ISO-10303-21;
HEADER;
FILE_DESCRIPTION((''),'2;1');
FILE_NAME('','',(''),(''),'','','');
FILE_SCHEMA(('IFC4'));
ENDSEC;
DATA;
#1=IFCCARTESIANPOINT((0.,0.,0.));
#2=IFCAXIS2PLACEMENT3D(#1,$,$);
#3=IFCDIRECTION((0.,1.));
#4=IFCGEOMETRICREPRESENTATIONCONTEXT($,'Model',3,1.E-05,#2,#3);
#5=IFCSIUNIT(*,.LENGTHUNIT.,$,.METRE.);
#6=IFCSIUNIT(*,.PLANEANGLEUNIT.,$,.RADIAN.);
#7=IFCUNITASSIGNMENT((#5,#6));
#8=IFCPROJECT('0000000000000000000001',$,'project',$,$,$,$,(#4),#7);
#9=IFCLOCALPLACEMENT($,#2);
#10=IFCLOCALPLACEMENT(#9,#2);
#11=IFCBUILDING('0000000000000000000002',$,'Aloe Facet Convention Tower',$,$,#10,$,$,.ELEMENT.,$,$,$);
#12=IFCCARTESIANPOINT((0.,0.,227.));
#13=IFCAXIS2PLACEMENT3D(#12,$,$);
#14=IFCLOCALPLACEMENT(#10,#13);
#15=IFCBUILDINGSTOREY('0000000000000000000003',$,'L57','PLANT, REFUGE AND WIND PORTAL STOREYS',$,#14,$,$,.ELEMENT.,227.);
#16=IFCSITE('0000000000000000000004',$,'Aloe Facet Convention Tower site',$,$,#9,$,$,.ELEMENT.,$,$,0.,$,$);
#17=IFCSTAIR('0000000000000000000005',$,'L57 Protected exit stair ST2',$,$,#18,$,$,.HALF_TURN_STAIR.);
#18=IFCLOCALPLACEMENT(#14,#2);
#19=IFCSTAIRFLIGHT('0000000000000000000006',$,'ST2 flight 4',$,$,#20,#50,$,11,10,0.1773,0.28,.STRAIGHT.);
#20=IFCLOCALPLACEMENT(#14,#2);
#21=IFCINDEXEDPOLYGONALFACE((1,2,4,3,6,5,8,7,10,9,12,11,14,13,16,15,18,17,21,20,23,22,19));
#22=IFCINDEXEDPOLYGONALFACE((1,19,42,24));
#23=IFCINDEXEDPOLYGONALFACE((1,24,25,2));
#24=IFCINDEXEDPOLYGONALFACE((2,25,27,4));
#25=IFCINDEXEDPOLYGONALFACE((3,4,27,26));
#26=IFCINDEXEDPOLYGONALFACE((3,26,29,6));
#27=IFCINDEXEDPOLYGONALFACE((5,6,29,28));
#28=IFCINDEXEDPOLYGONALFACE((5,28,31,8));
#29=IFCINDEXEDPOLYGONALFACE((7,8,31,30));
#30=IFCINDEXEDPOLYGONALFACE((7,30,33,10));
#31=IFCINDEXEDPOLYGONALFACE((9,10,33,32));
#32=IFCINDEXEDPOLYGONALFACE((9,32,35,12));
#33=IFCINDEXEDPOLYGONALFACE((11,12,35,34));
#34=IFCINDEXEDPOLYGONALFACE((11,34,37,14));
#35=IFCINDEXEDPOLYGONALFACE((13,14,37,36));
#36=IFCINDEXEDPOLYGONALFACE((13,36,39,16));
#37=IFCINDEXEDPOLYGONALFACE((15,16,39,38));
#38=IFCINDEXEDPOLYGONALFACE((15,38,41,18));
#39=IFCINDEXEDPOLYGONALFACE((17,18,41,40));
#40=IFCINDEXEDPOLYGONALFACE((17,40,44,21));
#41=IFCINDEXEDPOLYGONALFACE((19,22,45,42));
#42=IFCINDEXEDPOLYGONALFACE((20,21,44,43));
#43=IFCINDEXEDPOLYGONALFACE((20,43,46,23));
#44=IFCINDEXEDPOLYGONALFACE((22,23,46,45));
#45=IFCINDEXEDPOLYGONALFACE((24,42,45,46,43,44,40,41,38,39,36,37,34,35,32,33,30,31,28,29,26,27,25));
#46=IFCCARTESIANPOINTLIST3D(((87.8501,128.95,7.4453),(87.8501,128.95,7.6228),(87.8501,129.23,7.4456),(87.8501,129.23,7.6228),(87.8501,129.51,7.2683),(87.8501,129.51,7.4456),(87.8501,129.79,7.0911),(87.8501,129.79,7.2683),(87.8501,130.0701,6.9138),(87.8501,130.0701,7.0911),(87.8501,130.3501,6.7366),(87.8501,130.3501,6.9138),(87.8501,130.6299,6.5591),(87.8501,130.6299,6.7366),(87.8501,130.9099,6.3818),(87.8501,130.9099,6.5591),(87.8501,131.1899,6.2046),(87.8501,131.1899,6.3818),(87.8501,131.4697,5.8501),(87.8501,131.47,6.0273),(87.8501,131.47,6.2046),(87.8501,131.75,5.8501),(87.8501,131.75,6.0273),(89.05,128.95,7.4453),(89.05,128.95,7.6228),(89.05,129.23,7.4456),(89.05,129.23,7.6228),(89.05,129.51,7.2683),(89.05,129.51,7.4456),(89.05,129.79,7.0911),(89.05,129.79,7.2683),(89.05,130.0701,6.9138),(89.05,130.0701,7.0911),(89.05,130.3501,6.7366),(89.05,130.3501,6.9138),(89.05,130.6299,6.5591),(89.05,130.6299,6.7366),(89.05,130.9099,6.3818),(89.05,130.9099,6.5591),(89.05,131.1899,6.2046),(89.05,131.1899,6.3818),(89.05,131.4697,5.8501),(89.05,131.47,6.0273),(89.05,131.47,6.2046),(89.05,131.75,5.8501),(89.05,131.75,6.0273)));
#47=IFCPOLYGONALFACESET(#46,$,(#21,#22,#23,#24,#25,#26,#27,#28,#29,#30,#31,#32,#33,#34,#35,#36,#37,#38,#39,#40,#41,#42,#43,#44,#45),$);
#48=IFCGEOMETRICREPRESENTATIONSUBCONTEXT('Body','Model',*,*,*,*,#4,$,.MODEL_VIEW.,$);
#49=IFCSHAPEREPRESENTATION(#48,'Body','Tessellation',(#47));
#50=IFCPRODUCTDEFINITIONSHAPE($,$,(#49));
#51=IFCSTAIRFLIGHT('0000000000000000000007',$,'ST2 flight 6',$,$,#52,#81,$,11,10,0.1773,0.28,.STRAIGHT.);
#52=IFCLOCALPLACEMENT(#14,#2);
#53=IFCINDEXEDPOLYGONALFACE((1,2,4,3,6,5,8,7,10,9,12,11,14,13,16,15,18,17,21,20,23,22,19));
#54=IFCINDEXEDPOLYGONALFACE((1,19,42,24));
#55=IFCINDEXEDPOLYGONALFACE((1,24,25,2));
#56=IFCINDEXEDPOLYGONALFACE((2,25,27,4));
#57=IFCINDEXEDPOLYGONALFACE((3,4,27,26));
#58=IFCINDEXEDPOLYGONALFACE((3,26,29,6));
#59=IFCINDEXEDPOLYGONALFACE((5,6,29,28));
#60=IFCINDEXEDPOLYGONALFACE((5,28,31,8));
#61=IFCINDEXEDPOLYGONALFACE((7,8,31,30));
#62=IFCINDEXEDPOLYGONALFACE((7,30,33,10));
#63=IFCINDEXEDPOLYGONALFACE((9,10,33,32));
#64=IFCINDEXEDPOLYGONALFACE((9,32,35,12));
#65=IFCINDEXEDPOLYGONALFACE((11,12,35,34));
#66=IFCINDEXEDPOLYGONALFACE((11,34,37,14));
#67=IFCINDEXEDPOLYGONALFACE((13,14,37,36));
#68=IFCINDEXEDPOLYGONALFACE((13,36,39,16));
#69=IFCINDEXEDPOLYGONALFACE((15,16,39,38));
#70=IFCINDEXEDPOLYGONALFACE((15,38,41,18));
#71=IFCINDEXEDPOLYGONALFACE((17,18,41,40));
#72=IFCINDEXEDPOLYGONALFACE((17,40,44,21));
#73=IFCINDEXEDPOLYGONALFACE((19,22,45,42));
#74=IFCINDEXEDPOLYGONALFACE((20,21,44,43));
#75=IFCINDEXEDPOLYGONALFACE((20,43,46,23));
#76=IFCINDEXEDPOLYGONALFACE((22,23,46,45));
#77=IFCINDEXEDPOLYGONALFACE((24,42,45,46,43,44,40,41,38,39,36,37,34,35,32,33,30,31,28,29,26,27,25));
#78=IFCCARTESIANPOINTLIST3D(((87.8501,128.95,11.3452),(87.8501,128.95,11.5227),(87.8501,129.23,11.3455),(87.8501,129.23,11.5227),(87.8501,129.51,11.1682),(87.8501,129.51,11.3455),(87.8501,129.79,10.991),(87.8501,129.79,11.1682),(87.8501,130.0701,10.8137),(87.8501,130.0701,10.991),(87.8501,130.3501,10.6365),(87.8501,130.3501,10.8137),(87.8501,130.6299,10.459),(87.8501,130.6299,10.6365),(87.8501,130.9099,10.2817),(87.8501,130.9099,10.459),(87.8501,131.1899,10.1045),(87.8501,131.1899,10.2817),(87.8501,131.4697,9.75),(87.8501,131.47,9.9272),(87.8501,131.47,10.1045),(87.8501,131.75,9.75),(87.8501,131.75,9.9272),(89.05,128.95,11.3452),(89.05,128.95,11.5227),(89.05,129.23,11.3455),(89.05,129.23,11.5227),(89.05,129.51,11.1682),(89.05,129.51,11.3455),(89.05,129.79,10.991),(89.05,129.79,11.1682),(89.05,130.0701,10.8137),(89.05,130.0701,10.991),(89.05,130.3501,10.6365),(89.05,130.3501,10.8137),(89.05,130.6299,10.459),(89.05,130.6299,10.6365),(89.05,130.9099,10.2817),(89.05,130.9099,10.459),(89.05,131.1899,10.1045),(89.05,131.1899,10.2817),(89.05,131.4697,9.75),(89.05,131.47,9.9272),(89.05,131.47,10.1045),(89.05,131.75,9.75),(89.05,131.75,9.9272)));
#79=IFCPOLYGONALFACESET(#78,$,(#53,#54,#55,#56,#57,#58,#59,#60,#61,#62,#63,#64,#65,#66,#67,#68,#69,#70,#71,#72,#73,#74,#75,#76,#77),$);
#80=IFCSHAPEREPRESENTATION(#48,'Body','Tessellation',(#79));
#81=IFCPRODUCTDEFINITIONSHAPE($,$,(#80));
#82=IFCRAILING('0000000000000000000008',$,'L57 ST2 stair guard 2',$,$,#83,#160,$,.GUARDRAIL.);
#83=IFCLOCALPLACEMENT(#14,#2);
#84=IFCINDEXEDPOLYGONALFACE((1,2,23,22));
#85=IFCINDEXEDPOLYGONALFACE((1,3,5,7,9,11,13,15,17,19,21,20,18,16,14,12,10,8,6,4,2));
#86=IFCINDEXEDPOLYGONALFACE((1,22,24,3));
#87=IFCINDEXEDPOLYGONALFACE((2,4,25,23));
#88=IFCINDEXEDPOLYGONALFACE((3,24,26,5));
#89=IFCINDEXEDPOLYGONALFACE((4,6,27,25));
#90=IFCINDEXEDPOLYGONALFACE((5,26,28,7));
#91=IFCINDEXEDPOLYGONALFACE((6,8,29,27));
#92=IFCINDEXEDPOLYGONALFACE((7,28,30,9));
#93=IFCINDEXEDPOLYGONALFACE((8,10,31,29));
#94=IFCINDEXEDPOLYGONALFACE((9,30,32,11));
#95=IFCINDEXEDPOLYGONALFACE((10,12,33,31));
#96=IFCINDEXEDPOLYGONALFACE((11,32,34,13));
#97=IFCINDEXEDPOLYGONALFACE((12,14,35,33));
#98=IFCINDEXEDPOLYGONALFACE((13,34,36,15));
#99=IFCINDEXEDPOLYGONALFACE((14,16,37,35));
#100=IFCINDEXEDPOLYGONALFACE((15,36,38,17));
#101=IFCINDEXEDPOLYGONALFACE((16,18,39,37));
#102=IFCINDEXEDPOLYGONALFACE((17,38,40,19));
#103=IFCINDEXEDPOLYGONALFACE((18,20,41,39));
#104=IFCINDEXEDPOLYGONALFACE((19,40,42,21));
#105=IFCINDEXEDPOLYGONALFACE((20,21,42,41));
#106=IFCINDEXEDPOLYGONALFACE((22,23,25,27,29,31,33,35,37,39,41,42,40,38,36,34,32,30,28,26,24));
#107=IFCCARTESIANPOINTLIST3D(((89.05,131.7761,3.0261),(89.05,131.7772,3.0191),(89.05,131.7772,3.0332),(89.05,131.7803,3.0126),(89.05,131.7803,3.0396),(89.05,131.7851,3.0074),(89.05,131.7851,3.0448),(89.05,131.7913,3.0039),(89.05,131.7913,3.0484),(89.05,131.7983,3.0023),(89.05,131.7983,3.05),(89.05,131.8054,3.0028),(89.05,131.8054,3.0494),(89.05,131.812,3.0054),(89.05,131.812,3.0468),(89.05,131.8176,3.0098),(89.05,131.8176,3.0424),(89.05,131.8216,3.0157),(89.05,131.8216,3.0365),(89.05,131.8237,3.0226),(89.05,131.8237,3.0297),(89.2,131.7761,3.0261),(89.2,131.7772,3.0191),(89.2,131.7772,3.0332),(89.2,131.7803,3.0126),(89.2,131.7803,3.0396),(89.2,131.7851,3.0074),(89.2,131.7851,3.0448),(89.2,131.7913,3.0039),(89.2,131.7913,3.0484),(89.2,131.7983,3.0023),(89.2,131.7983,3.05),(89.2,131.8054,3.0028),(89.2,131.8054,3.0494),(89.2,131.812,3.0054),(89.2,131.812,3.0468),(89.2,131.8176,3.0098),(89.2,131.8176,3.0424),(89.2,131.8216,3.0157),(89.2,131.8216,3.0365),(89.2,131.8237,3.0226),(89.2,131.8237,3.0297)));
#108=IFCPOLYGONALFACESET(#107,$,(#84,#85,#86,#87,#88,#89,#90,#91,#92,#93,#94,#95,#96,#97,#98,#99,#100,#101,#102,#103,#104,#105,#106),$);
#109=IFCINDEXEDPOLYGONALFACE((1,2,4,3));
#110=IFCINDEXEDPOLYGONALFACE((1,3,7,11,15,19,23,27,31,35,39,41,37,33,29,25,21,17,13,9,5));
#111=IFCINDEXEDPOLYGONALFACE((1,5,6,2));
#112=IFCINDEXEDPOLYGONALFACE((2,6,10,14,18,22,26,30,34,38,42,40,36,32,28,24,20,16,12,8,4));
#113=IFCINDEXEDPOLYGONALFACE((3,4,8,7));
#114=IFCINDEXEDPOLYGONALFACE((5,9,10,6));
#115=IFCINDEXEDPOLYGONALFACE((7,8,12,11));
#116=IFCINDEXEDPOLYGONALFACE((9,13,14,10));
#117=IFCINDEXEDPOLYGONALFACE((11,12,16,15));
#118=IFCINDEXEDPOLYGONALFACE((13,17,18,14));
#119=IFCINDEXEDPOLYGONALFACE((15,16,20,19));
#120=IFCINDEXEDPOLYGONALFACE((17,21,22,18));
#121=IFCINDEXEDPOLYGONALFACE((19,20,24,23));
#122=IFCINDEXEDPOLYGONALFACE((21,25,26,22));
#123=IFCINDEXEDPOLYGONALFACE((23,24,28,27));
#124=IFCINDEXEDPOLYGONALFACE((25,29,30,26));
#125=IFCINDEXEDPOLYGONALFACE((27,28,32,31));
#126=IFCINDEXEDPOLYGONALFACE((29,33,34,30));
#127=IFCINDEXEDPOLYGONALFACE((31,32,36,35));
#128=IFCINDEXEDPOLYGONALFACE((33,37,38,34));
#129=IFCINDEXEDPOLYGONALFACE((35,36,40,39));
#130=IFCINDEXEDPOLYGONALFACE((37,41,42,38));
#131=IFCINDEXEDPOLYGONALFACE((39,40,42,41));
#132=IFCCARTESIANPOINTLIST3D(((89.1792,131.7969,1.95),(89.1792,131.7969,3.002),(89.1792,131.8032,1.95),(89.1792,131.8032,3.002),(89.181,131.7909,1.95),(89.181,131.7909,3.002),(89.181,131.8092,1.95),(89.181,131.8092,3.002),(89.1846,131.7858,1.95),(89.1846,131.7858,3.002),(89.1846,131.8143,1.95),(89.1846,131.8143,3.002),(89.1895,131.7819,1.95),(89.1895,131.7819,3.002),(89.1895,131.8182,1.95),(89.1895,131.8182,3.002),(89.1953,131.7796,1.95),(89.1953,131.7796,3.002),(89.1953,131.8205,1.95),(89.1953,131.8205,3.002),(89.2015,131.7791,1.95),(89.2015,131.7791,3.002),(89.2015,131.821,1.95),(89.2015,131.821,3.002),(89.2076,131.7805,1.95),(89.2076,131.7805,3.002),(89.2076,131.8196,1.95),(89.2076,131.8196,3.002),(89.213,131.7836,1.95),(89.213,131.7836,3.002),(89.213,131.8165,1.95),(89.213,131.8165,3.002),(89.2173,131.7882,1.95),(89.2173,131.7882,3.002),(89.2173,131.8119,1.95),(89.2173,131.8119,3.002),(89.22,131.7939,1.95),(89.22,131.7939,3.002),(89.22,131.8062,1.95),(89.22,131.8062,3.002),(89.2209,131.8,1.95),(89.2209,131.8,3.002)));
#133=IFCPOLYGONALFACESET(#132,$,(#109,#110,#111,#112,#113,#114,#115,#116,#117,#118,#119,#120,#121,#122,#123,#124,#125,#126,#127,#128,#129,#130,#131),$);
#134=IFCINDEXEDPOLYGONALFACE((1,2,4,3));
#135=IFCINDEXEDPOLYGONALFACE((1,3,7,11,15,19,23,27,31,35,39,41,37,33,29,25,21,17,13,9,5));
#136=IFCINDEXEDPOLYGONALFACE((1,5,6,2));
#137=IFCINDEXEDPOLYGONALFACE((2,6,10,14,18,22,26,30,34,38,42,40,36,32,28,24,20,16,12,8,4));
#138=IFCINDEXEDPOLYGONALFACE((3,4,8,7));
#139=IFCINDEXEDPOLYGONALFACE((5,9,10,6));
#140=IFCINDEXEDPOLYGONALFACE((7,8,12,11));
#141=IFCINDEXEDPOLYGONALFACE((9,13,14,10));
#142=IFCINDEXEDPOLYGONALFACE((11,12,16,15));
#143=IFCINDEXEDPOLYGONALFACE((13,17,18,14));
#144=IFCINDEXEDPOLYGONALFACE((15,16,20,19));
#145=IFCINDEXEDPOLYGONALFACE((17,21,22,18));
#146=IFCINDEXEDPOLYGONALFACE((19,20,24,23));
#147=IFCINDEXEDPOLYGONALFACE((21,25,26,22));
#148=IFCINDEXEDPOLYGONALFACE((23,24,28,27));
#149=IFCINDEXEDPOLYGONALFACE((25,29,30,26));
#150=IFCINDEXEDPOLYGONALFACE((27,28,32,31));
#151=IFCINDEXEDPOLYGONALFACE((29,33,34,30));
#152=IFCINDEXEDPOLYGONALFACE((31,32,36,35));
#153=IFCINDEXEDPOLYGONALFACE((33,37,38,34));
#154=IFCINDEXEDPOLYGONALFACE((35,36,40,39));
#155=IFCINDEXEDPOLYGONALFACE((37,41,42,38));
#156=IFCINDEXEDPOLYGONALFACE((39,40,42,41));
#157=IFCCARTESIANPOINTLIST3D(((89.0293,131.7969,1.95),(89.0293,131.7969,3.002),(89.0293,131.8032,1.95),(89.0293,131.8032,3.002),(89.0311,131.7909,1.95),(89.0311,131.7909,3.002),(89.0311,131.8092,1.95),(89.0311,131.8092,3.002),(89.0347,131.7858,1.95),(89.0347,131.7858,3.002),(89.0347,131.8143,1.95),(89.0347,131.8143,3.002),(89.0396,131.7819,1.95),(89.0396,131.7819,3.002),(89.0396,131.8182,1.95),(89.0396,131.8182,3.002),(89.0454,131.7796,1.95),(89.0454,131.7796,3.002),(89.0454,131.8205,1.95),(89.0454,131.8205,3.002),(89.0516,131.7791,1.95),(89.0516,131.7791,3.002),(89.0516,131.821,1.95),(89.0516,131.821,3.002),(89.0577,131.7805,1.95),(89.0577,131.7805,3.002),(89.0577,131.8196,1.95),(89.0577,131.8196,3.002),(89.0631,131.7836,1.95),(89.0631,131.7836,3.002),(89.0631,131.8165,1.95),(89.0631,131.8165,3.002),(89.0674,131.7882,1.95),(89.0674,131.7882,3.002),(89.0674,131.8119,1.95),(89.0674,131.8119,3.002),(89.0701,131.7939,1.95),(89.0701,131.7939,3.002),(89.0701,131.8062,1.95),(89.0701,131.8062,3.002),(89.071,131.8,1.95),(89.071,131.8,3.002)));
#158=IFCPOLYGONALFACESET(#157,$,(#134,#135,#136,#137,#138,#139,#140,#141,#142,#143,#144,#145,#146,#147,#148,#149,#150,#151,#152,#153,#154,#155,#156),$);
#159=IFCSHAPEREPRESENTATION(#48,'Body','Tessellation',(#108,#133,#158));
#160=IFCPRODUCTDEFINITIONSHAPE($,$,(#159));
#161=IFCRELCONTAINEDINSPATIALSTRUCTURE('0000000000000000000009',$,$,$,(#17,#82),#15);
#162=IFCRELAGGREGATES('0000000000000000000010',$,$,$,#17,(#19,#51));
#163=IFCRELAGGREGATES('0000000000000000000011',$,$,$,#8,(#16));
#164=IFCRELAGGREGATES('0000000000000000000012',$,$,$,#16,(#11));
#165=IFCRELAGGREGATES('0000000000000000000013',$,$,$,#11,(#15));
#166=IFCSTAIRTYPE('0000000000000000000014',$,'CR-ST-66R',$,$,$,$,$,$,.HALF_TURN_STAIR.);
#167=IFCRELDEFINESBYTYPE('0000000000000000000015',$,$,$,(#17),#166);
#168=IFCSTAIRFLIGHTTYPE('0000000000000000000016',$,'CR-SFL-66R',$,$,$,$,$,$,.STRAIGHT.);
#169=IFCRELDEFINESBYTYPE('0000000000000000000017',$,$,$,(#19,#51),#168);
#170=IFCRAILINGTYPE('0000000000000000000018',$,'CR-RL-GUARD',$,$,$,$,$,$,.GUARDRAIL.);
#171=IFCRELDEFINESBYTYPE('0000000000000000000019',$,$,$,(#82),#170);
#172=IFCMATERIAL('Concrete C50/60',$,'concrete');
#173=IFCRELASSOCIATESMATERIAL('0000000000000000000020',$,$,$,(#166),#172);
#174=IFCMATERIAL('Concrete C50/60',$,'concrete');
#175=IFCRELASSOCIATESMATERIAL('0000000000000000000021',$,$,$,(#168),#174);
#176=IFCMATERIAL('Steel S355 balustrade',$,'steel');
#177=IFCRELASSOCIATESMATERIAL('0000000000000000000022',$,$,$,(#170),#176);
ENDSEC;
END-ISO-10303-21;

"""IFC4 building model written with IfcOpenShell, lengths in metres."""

from ifc_helpers import new_model, si_unit, direction, frame, origin, origin_2d, place, context, subcontext, project, spatial, polyline, circle, outline, extrude, material, type_object, element, aggregate, save


model = new_model("IFC4")

# Units and contexts
model_context = context("Model", 3, precision=1e-05, world=origin(), true_north=direction((0.0, 1.0)))
body_context = subcontext(model_context, "Body", "Model", "MODEL_VIEW")
ifc_project = project(units=[si_unit("LENGTHUNIT", "METRE"), si_unit("PLANEANGLEUNIT", "RADIAN")], contexts=[model_context])

# Site, building, storey
site_placement = place(None, origin())
site = spatial("IfcSite", under=ifc_project, at=site_placement, Name="Aloe Facet Convention Tower site", CompositionType="ELEMENT", RefElevation=0.0)
building_placement = place(site_placement, origin())
building = spatial("IfcBuilding", under=site, at=building_placement, Name="Aloe Facet Convention Tower", CompositionType="ELEMENT")
storey_placement = place(building_placement, frame((0.0, 0.0, 227.0)))
storey = spatial("IfcBuildingStorey", under=building, at=storey_placement, Name="L57", Description="PLANT, REFUGE AND WIND PORTAL STOREYS", CompositionType="ELEMENT", Elevation=227.0)

# Stair, stair flights
ifc_material_1 = material(Name="Concrete C50/60", Category="concrete")
stair_type = type_object("IfcStairType", Name="CR-ST-66R", PredefinedType="HALF_TURN_STAIR", material=ifc_material_1)
stair_placement = place(storey_placement, origin())
stair = element("IfcStair", 1, at=stair_placement, inside=storey, type_object=stair_type, Name="L57 Protected exit stair ST2", PredefinedType="HALF_TURN_STAIR")
ifc_material_2 = material(Name="Concrete C50/60", Category="concrete")
stair_flight_type = type_object("IfcStairFlightType", Name="CR-SFL-66R", PredefinedType="STRAIGHT", material=ifc_material_2)
stair_flight_1_placement = place(storey_placement, frame((88.45, 131.75, 5.8501), z_axis=(0.0, 0.0, 1.0), x_axis=(0.0, -1.0, 0.0)))
stair_flight_1 = element("IfcStairFlight", 2, at=stair_flight_1_placement, type_object=stair_flight_type, Name="ST2 flight 4", NumberOfRisers=11, NumberOfTreads=10, PredefinedType="STRAIGHT", RiserHeight=0.1773, TreadLength=0.28, context=body_context, shape_type="SweptSolid", body=[
    extrude(outline(polyline([(0.0, 0.0), (0.0, 0.1772), (0.28, 0.1772), (0.28, 0.3545), (0.5601, 0.3545), (0.5601, 0.5317), (0.8401, 0.5317), (0.8401, 0.709), (1.1201, 0.709), (1.1201, 0.8865), (1.3999, 0.8865), (1.3999, 1.0637), (1.6799, 1.0637), (1.6799, 1.241), (1.96, 1.241), (1.96, 1.4182), (2.24, 1.4182), (2.24, 1.5955), (2.52, 1.5955), (2.52, 1.7727), (2.8, 1.7727), (2.8, 1.95), (2.8, 1.5952), (0.2803, 0.0), (0.0, 0.0)])), frame((0.0, 0.6001, 0.0), z_axis=(0.0, -1.0, 0.0), x_axis=(1.0, 0.0, 0.0)), (0.0, 0.0, 1.0), 1.2),
])
stair_flight_2_placement = place(storey_placement, frame((88.45, 131.75, 9.75), z_axis=(0.0, 0.0, 1.0), x_axis=(0.0, -1.0, 0.0)))
stair_flight_2 = element("IfcStairFlight", 3, at=stair_flight_2_placement, type_object=stair_flight_type, Name="ST2 flight 6", NumberOfRisers=11, NumberOfTreads=10, PredefinedType="STRAIGHT", RiserHeight=0.1773, TreadLength=0.28, context=body_context, shape_type="SweptSolid", body=[
    extrude(outline(polyline([(0.0, 0.0), (0.0, 0.1772), (0.28, 0.1772), (0.28, 0.3545), (0.5601, 0.3545), (0.5601, 0.5317), (0.8401, 0.5317), (0.8401, 0.709), (1.1201, 0.709), (1.1201, 0.8865), (1.3999, 0.8865), (1.3999, 1.0637), (1.6799, 1.0637), (1.6799, 1.241), (1.96, 1.241), (1.96, 1.4182), (2.24, 1.4182), (2.24, 1.5955), (2.52, 1.5955), (2.52, 1.7727), (2.8, 1.7727), (2.8, 1.95), (2.8, 1.5952), (0.2803, 0.0), (0.0, 0.0)])), frame((0.0, 0.6001, 0.0), z_axis=(0.0, -1.0, 0.0), x_axis=(1.0, 0.0, 0.0)), (0.0, 0.0, 1.0), 1.2),
])
aggregate(stair, [stair_flight_1, stair_flight_2])

# Railing
ifc_material_3 = material(Name="Steel S355 balustrade", Category="steel")
railing_type_1 = type_object("IfcRailingType", Name="CR-RL-GUARD", PredefinedType="GUARDRAIL", material=ifc_material_3)
railing_1_placement = place(storey_placement, frame((89.2, 131.8, 1.95)))
element("IfcRailing", 4, at=railing_1_placement, inside=storey, type_object=railing_type_1, Name="L57 ST2 stair guard 2", PredefinedType="GUARDRAIL", context=body_context, shape_type="SweptSolid", body=[
    extrude(circle(Radius=0.0239, at=origin_2d()), frame((0.0, 0.0, 1.0762), z_axis=(-1.0, 0.0, 0.0), x_axis=(0.0, -1.0, 0.0)), (0.0, 0.0, 1.0), 0.1499),
    extrude(circle(Radius=0.021, at=origin_2d()), origin(), (0.0, 0.0, 1.0), 1.052),
    extrude(circle(Radius=0.021, at=origin_2d()), frame((-0.1499, 0.0, 0.0)), (0.0, 0.0, 1.0), 1.052),
])

save(model, "model.ifc")
